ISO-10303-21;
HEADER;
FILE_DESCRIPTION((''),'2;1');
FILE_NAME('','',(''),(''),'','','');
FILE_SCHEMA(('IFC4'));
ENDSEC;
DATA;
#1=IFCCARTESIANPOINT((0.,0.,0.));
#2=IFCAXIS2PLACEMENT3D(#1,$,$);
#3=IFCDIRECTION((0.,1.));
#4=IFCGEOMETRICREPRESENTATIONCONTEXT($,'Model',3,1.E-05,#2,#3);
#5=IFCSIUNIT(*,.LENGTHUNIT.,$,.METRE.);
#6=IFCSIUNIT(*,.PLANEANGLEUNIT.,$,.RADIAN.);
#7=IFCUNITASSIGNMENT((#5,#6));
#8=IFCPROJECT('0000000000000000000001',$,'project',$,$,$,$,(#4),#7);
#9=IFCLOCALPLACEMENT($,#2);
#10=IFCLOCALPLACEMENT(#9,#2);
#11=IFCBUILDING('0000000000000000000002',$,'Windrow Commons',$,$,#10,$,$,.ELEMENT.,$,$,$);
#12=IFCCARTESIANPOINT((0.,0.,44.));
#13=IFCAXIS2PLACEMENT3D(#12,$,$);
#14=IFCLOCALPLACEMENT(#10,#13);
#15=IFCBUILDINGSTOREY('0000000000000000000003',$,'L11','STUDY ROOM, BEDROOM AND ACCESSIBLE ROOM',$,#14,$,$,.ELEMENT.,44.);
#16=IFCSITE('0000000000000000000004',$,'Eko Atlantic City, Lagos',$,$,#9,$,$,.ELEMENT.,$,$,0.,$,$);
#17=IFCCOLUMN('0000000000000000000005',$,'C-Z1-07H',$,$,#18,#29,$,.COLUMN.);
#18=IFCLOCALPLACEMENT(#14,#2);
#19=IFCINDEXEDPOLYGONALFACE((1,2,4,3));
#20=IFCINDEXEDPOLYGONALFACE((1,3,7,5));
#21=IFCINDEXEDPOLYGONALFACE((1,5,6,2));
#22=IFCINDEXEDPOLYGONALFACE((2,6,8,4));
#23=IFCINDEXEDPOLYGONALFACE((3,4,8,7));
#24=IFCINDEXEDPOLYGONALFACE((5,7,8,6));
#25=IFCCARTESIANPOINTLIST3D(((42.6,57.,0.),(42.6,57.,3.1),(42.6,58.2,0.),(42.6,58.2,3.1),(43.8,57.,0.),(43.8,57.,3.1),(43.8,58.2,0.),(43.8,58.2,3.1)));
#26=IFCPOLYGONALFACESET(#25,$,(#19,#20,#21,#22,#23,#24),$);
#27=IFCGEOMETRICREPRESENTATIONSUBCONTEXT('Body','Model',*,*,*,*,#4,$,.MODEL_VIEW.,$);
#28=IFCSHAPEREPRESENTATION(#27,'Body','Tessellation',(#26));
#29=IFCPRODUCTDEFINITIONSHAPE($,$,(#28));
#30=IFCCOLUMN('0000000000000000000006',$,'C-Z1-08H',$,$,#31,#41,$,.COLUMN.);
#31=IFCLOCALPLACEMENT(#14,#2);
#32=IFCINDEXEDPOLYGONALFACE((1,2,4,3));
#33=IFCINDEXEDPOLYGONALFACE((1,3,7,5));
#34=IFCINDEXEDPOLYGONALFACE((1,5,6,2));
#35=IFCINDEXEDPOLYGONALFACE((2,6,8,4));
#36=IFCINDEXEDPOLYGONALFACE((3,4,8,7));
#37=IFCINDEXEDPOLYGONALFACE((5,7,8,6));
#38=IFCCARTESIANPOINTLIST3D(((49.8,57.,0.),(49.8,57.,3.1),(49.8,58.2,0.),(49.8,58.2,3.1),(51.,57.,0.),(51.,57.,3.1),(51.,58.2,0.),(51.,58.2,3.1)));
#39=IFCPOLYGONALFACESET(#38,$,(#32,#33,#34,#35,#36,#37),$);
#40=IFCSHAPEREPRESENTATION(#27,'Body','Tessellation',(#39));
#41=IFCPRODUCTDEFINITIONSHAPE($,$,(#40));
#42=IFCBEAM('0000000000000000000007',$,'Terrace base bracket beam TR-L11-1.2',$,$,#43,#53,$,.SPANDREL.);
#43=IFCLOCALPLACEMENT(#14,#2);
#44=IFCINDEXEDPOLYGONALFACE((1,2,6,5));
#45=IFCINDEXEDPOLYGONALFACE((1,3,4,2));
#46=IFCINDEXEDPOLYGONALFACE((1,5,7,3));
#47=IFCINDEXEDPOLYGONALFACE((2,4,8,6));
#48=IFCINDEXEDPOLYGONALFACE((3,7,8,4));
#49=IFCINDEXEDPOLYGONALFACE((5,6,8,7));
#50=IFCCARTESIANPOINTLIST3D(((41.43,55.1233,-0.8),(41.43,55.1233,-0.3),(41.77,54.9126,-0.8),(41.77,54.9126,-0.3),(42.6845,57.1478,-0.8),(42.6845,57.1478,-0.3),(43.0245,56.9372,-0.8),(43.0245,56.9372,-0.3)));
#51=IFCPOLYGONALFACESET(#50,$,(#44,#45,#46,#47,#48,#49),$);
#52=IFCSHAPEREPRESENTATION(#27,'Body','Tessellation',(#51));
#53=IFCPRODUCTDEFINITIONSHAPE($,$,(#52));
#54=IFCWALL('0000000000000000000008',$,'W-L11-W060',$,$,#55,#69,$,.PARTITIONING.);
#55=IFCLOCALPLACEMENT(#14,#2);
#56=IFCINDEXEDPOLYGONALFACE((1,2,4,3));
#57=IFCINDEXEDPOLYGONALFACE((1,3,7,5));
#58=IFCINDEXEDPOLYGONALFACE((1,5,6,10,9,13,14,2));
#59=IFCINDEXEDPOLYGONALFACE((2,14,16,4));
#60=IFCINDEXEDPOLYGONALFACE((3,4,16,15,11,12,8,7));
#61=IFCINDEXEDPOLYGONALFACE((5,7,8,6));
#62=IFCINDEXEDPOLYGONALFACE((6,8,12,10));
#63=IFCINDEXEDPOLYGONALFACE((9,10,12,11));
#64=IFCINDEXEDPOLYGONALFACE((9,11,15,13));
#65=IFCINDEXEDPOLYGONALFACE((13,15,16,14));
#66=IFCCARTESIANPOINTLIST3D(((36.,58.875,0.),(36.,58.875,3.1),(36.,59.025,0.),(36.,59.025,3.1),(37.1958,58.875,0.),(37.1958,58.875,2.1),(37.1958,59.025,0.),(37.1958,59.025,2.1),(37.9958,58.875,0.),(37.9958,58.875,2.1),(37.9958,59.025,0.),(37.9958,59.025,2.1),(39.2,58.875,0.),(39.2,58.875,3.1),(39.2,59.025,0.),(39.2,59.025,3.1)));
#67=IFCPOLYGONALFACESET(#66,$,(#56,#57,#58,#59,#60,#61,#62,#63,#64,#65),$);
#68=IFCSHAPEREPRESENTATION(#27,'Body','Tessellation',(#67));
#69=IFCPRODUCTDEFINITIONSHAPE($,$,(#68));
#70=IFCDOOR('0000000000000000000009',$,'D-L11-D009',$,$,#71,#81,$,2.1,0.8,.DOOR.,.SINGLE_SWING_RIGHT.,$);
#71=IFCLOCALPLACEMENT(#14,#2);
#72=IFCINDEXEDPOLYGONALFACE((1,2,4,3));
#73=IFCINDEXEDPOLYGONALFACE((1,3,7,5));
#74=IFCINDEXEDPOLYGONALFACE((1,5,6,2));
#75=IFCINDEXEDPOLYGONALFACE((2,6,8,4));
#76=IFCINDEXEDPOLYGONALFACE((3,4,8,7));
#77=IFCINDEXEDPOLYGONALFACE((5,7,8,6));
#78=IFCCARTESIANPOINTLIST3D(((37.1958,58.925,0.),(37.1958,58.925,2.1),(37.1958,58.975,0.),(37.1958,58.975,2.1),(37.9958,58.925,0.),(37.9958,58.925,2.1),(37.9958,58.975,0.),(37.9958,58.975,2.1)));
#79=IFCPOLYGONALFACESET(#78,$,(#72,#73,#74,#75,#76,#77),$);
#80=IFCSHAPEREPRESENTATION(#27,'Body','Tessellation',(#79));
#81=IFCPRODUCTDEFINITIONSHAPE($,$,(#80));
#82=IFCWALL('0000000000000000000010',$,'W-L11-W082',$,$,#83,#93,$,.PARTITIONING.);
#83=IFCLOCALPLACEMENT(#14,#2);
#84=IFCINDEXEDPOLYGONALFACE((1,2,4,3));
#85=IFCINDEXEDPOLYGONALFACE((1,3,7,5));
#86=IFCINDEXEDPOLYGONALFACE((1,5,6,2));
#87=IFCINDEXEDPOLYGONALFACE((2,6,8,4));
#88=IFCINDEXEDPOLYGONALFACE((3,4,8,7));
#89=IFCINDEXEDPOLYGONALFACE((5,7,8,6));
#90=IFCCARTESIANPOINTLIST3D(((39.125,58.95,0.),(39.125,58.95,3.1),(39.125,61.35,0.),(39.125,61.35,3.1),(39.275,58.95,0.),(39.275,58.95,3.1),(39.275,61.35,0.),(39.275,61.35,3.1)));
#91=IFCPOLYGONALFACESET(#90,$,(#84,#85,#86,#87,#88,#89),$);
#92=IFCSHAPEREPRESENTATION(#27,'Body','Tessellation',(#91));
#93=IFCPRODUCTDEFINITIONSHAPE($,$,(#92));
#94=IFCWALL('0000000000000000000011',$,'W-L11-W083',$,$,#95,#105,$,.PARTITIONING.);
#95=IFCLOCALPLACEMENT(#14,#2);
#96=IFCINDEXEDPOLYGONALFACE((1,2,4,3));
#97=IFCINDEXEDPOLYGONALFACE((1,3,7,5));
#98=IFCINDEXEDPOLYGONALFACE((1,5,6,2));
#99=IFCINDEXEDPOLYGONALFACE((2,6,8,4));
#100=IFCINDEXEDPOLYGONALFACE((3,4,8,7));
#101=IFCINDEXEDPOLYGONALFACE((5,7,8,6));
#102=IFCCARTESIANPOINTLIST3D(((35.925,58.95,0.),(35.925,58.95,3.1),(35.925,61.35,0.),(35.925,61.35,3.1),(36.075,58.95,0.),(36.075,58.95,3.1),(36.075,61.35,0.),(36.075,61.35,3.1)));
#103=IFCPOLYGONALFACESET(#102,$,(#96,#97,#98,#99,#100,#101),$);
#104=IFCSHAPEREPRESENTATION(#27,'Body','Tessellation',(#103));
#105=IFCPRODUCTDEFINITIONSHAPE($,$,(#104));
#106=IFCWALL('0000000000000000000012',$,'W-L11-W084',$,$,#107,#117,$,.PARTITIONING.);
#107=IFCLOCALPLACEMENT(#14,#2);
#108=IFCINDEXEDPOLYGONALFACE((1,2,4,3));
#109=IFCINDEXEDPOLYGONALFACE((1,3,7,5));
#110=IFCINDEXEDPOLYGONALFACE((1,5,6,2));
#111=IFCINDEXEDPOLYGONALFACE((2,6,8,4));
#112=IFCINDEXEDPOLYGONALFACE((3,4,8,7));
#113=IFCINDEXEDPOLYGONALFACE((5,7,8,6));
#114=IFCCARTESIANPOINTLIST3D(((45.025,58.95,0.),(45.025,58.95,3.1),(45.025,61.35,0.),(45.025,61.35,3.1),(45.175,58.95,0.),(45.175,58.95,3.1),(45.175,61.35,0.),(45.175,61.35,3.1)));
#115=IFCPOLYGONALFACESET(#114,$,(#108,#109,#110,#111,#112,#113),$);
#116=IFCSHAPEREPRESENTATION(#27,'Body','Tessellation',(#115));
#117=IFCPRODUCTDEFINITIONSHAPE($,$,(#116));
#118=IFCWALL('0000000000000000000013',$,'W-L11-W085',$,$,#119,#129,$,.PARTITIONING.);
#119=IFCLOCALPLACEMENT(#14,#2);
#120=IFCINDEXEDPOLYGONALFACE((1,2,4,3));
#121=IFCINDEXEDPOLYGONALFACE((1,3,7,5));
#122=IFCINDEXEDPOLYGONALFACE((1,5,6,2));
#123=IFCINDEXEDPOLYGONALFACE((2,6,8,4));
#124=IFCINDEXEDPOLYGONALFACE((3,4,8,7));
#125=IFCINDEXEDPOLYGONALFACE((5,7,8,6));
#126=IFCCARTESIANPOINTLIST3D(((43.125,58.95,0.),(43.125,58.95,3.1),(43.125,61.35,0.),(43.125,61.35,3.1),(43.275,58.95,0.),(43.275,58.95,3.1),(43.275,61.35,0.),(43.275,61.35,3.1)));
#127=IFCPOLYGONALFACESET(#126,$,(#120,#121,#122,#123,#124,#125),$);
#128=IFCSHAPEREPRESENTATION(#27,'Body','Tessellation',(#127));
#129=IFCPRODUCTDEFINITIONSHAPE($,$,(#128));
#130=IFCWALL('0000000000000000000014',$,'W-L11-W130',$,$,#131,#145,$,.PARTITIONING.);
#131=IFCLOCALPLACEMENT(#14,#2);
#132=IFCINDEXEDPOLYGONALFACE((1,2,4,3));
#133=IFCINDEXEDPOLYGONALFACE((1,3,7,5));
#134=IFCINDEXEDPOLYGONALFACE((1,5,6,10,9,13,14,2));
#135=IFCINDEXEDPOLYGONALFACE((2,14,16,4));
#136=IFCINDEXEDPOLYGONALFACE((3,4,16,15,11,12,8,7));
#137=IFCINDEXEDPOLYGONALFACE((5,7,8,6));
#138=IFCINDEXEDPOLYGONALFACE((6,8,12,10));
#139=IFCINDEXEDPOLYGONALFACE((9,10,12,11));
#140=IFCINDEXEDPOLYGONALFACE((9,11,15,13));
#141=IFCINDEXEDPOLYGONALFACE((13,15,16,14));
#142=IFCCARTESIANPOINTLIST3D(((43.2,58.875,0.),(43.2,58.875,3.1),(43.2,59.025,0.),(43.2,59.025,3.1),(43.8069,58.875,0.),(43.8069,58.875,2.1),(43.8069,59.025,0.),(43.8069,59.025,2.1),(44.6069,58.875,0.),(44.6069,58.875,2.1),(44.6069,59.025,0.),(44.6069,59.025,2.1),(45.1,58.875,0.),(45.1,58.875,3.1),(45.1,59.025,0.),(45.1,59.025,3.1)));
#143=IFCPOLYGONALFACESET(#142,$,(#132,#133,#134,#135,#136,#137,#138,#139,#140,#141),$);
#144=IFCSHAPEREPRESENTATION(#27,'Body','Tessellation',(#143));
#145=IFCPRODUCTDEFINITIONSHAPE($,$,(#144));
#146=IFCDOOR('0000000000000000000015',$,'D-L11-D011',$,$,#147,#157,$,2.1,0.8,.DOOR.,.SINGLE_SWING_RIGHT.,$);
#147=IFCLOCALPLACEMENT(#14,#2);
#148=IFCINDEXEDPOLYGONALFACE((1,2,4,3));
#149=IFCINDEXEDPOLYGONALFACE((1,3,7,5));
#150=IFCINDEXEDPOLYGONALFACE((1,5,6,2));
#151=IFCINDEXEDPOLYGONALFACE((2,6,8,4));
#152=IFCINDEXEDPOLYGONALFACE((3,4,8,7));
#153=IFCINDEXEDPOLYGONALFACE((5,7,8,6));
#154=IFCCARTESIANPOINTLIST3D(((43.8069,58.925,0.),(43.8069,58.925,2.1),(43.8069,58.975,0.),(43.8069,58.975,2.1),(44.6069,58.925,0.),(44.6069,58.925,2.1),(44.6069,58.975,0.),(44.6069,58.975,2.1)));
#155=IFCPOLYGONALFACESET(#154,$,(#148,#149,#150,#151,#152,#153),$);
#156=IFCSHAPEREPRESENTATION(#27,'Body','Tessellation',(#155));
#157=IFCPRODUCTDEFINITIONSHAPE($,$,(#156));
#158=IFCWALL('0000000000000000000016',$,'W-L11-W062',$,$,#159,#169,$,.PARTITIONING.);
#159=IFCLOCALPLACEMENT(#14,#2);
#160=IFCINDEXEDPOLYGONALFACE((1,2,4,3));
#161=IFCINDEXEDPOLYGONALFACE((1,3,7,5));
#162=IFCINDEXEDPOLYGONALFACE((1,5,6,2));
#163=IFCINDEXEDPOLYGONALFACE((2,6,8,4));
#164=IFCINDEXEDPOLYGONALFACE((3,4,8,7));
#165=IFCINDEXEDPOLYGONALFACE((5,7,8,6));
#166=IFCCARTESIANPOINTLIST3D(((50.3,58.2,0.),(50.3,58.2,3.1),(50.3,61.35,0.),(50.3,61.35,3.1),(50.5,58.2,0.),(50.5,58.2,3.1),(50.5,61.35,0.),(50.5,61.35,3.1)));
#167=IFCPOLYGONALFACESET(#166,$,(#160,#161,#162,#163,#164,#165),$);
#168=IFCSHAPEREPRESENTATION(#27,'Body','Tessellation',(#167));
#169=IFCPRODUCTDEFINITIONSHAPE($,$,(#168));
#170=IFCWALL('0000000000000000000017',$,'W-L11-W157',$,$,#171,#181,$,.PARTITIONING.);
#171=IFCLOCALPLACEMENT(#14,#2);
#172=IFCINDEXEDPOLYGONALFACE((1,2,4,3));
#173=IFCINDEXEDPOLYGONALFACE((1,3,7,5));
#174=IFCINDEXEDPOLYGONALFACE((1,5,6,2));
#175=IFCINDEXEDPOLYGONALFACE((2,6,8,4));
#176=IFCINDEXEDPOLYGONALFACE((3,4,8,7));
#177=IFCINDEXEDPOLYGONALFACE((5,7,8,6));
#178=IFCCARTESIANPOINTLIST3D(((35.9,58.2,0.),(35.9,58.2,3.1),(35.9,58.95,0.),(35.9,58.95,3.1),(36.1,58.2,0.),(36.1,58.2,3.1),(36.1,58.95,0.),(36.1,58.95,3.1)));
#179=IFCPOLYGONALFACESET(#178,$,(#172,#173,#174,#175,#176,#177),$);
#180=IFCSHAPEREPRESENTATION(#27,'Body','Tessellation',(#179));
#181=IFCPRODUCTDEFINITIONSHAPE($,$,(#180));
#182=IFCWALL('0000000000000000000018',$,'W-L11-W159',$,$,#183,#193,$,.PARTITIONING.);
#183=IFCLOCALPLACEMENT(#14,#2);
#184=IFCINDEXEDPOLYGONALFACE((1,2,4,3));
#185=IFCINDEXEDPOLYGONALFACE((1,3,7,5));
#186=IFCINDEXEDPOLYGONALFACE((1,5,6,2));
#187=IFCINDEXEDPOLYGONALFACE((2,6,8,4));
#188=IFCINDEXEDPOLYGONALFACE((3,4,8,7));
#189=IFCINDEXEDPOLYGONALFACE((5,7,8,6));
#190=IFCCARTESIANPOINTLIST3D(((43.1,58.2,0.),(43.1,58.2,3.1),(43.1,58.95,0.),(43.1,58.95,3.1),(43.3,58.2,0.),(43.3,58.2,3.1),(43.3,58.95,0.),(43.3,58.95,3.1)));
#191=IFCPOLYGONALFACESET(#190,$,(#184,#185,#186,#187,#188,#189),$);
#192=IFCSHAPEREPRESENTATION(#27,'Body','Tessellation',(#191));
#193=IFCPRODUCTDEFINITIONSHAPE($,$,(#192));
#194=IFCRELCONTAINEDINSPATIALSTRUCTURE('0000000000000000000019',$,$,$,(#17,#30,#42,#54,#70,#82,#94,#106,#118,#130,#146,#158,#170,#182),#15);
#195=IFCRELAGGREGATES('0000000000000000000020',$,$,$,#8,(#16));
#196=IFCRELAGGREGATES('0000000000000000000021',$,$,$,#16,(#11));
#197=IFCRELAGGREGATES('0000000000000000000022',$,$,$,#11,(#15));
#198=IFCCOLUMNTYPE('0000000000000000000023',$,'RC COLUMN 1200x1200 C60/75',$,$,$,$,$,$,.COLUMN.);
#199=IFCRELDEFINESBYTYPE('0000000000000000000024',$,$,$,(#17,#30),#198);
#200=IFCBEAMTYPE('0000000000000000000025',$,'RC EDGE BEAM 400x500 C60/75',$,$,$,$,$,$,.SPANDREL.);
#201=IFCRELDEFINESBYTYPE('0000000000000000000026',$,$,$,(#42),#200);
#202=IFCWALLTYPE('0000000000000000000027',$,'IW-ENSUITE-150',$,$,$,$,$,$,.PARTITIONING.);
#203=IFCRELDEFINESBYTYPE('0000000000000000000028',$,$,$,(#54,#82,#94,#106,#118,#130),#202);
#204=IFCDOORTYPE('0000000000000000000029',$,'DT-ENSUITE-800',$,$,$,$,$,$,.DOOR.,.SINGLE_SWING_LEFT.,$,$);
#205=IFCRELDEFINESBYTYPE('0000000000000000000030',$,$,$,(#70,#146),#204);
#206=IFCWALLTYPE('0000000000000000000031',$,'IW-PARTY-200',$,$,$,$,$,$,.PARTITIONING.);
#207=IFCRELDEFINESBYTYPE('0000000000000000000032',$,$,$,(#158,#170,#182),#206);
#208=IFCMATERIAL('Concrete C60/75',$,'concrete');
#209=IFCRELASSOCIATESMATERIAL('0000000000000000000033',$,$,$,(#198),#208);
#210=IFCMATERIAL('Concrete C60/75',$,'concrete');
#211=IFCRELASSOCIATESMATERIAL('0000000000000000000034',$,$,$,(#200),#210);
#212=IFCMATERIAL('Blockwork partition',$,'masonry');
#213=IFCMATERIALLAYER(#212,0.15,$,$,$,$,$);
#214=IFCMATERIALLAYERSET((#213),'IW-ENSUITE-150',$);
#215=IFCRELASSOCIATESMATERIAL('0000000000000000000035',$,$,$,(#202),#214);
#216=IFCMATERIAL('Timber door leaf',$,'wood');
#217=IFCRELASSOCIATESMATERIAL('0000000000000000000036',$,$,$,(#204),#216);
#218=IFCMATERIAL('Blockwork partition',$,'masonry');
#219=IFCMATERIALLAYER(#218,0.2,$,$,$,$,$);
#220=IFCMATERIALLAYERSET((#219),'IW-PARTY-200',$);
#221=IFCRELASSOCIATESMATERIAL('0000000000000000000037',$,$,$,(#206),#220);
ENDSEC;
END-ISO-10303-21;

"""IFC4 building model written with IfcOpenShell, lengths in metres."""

from ifc_helpers import new_model, si_unit, direction, frame, frame_2d, origin, origin_2d, place, context, subcontext, project, spatial, rectangle, extrude, material, layer, layer_set, material_profile, profile_set, type_object, element, fill, save


model = new_model("IFC4")

# Units and contexts
model_context = context("Model", 3, precision=1e-05, world=origin(), true_north=direction((0.0, 1.0)))
body_context = subcontext(model_context, "Body", "Model", "MODEL_VIEW")
ifc_project = project(units=[si_unit("LENGTHUNIT", "METRE"), si_unit("PLANEANGLEUNIT", "RADIAN")], contexts=[model_context])

# Site, building, storey
site_placement = place(None, origin())
site = spatial("IfcSite", under=ifc_project, at=site_placement, Name="Eko Atlantic City, Lagos", CompositionType="ELEMENT", RefElevation=0.0)
building_placement = place(site_placement, origin())
building = spatial("IfcBuilding", under=site, at=building_placement, Name="Windrow Commons", CompositionType="ELEMENT")
storey_placement = place(building_placement, frame((0.0, 0.0, 44.0)))
storey = spatial("IfcBuildingStorey", under=building, at=storey_placement, Name="L11", Description="STUDY ROOM, BEDROOM AND ACCESSIBLE ROOM", CompositionType="ELEMENT", Elevation=44.0)

# Columns
ifc_material_1 = material(Name="Concrete C60/75", Category="concrete")
ifc_material_profile_1 = material_profile(ifc_material_1, rectangle(XDim=1.2, YDim=1.2, at=origin_2d()))
ifc_profile_set_1 = profile_set([ifc_material_profile_1], Name="Concrete C60/75")
column_type = type_object("IfcColumnType", Name="RC COLUMN 1200x1200 C60/75", PredefinedType="COLUMN", material=ifc_profile_set_1)
for number, where, z_axis, x_axis, name in (
    (1, (43.2, 57.6, 0.0), (0.0, 0.0, 1.0), (1.0, 0.0, 0.0), "C-Z1-07H"),
    (2, (50.4, 57.6, 0.0), (0.0, 0.0, 1.0), (1.0, 0.0, 0.0), "C-Z1-08H"),
):
    element("IfcColumn", number, at=place(storey_placement, frame(where, z_axis=z_axis, x_axis=x_axis)), inside=storey, type_object=column_type, Name=name, PredefinedType="COLUMN", context=body_context, shape_type="SweptSolid", body=[
        extrude(rectangle(XDim=1.2, YDim=1.2, at=origin_2d()), origin(), (0.0, 0.0, 1.0), 3.1),
    ])

# Beam
ifc_material_2 = material(Name="Concrete C60/75", Category="concrete")
ifc_material_profile_2 = material_profile(ifc_material_2, rectangle(XDim=0.4, YDim=0.5, at=origin_2d()))
ifc_profile_set_2 = profile_set([ifc_material_profile_2], Name="Concrete C60/75")
beam_type = type_object("IfcBeamType", Name="RC EDGE BEAM 400x500 C60/75", PredefinedType="SPANDREL", material=ifc_profile_set_2)
beam_placement = place(storey_placement, frame((42.8545, 57.0425, -0.55), z_axis=(-0.52673, -0.850032, 0.0), x_axis=(0.850032, -0.52673, 0.0)))
element("IfcBeam", 3, at=beam_placement, inside=storey, type_object=beam_type, Name="Terrace base bracket beam TR-L11-1.2", PredefinedType="SPANDREL", context=body_context, shape_type="SweptSolid", body=[
    extrude(rectangle(XDim=0.4, YDim=0.5, at=origin_2d()), origin(), (0.0, 0.0, 1.0), 2.3817),
])

# Wall, opening, door
ifc_material_3 = material(Name="Blockwork partition", Category="masonry")
ifc_layer_1 = layer(ifc_material_3, 0.15)
ifc_layer_set_1 = layer_set([ifc_layer_1], Name="IW-ENSUITE-150")
wall_type_1 = type_object("IfcWallType", Name="IW-ENSUITE-150", PredefinedType="PARTITIONING", material=ifc_layer_set_1)
wall_1_placement = place(storey_placement, frame((36.0, 58.95, 0.0), z_axis=(0.0, 0.0, 1.0), x_axis=(1.0, 0.0, 0.0)))
wall_1 = element("IfcWall", 4, at=wall_1_placement, inside=storey, type_object=wall_type_1, Name="W-L11-W060", PredefinedType="PARTITIONING", context=body_context, shape_type="SweptSolid", body=[
    extrude(rectangle(XDim=3.2, YDim=0.15, at=frame_2d((1.6, 0.0))), origin(), (0.0, 0.0, 1.0), 3.1),
])
opening_1_placement = place(wall_1_placement, frame((1.1958, 0.0, 0.0)))
opening_1 = element("IfcOpeningElement", 5, at=opening_1_placement, cuts=wall_1, PredefinedType="OPENING", context=body_context, shape_type="SweptSolid", body=[
    extrude(rectangle(XDim=0.8, YDim=2.1, at=frame_2d((0.4, 1.05))), frame((0.0, 0.085, 0.0), z_axis=(0.0, -1.0, 0.0), x_axis=(1.0, 0.0, 0.0)), (0.0, 0.0, 1.0), 0.17),
])
ifc_material_4 = material(Name="Timber door leaf", Category="wood")
door_type = type_object("IfcDoorType", Name="DT-ENSUITE-800", OperationType="SINGLE_SWING_LEFT", PredefinedType="DOOR", material=ifc_material_4)
door_1_placement = place(opening_1_placement, origin())
door_1 = element("IfcDoor", 6, at=door_1_placement, inside=storey, type_object=door_type, Name="D-L11-D009", OperationType="SINGLE_SWING_RIGHT", OverallHeight=2.1, OverallWidth=0.8, PredefinedType="DOOR", context=body_context, shape_type="SweptSolid", body=[
    extrude(rectangle(XDim=0.8, YDim=2.1, at=frame_2d((0.4, 1.05))), frame((0.0, 0.025, 0.0), z_axis=(0.0, -1.0, 0.0), x_axis=(1.0, 0.0, 0.0)), (0.0, 0.0, 1.0), 0.05),
])
fill(opening_1, door_1)

# Walls
for number, where, z_axis, x_axis, name in (
    (7, (39.2, 58.95, 0.0), (0.0, 0.0, 1.0), (0.0, 1.0, 0.0), "W-L11-W082"),
    (8, (36.0, 58.95, 0.0), (0.0, 0.0, 1.0), (0.0, 1.0, 0.0), "W-L11-W083"),
    (9, (45.1, 58.95, 0.0), (0.0, 0.0, 1.0), (0.0, 1.0, 0.0), "W-L11-W084"),
    (10, (43.2, 58.95, 0.0), (0.0, 0.0, 1.0), (0.0, 1.0, 0.0), "W-L11-W085"),
):
    element("IfcWall", number, at=place(storey_placement, frame(where, z_axis=z_axis, x_axis=x_axis)), inside=storey, type_object=wall_type_1, Name=name, PredefinedType="PARTITIONING", context=body_context, shape_type="SweptSolid", body=[
        extrude(rectangle(XDim=2.4, YDim=0.15, at=frame_2d((1.2, 0.0))), origin(), (0.0, 0.0, 1.0), 3.1),
    ])

# Wall, opening, door
wall_2_placement = place(storey_placement, frame((43.2, 58.95, 0.0), z_axis=(0.0, 0.0, 1.0), x_axis=(1.0, 0.0, 0.0)))
wall_2 = element("IfcWall", 11, at=wall_2_placement, inside=storey, type_object=wall_type_1, Name="W-L11-W130", PredefinedType="PARTITIONING", context=body_context, shape_type="SweptSolid", body=[
    extrude(rectangle(XDim=1.9, YDim=0.15, at=frame_2d((0.95, 0.0))), origin(), (0.0, 0.0, 1.0), 3.1),
])
opening_2_placement = place(wall_2_placement, frame((0.6069, 0.0, 0.0)))
opening_2 = element("IfcOpeningElement", 12, at=opening_2_placement, cuts=wall_2, PredefinedType="OPENING", context=body_context, shape_type="SweptSolid", body=[
    extrude(rectangle(XDim=0.8, YDim=2.1, at=frame_2d((0.4, 1.05))), frame((0.0, 0.085, 0.0), z_axis=(0.0, -1.0, 0.0), x_axis=(1.0, 0.0, 0.0)), (0.0, 0.0, 1.0), 0.17),
])
door_2_placement = place(opening_2_placement, origin())
door_2 = element("IfcDoor", 13, at=door_2_placement, inside=storey, type_object=door_type, Name="D-L11-D011", OperationType="SINGLE_SWING_RIGHT", OverallHeight=2.1, OverallWidth=0.8, PredefinedType="DOOR", context=body_context, shape_type="SweptSolid", body=[
    extrude(rectangle(XDim=0.8, YDim=2.1, at=frame_2d((0.4, 1.05))), frame((0.0, 0.025, 0.0), z_axis=(0.0, -1.0, 0.0), x_axis=(1.0, 0.0, 0.0)), (0.0, 0.0, 1.0), 0.05),
])
fill(opening_2, door_2)

# Walls
ifc_material_5 = material(Name="Blockwork partition", Category="masonry")
ifc_layer_2 = layer(ifc_material_5, 0.2)
ifc_layer_set_2 = layer_set([ifc_layer_2], Name="IW-PARTY-200")
wall_type_2 = type_object("IfcWallType", Name="IW-PARTY-200", PredefinedType="PARTITIONING", material=ifc_layer_set_2)
wall_3_placement = place(storey_placement, frame((50.4, 58.2, 0.0), z_axis=(0.0, 0.0, 1.0), x_axis=(0.0, 1.0, 0.0)))
element("IfcWall", 14, at=wall_3_placement, inside=storey, type_object=wall_type_2, Name="W-L11-W062", PredefinedType="PARTITIONING", context=body_context, shape_type="SweptSolid", body=[
    extrude(rectangle(XDim=3.15, YDim=0.2, at=frame_2d((1.575, 0.0))), origin(), (0.0, 0.0, 1.0), 3.1),
])
for number, where, z_axis, x_axis, name in (
    (15, (36.0, 58.2, 0.0), (0.0, 0.0, 1.0), (0.0, 1.0, 0.0), "W-L11-W157"),
    (16, (43.2, 58.2, 0.0), (0.0, 0.0, 1.0), (0.0, 1.0, 0.0), "W-L11-W159"),
):
    element("IfcWall", number, at=place(storey_placement, frame(where, z_axis=z_axis, x_axis=x_axis)), inside=storey, type_object=wall_type_2, Name=name, PredefinedType="PARTITIONING", context=body_context, shape_type="SweptSolid", body=[
        extrude(rectangle(XDim=0.75, YDim=0.2, at=frame_2d((0.375, 0.0))), origin(), (0.0, 0.0, 1.0), 3.1),
    ])

save(model, "model.ifc")
